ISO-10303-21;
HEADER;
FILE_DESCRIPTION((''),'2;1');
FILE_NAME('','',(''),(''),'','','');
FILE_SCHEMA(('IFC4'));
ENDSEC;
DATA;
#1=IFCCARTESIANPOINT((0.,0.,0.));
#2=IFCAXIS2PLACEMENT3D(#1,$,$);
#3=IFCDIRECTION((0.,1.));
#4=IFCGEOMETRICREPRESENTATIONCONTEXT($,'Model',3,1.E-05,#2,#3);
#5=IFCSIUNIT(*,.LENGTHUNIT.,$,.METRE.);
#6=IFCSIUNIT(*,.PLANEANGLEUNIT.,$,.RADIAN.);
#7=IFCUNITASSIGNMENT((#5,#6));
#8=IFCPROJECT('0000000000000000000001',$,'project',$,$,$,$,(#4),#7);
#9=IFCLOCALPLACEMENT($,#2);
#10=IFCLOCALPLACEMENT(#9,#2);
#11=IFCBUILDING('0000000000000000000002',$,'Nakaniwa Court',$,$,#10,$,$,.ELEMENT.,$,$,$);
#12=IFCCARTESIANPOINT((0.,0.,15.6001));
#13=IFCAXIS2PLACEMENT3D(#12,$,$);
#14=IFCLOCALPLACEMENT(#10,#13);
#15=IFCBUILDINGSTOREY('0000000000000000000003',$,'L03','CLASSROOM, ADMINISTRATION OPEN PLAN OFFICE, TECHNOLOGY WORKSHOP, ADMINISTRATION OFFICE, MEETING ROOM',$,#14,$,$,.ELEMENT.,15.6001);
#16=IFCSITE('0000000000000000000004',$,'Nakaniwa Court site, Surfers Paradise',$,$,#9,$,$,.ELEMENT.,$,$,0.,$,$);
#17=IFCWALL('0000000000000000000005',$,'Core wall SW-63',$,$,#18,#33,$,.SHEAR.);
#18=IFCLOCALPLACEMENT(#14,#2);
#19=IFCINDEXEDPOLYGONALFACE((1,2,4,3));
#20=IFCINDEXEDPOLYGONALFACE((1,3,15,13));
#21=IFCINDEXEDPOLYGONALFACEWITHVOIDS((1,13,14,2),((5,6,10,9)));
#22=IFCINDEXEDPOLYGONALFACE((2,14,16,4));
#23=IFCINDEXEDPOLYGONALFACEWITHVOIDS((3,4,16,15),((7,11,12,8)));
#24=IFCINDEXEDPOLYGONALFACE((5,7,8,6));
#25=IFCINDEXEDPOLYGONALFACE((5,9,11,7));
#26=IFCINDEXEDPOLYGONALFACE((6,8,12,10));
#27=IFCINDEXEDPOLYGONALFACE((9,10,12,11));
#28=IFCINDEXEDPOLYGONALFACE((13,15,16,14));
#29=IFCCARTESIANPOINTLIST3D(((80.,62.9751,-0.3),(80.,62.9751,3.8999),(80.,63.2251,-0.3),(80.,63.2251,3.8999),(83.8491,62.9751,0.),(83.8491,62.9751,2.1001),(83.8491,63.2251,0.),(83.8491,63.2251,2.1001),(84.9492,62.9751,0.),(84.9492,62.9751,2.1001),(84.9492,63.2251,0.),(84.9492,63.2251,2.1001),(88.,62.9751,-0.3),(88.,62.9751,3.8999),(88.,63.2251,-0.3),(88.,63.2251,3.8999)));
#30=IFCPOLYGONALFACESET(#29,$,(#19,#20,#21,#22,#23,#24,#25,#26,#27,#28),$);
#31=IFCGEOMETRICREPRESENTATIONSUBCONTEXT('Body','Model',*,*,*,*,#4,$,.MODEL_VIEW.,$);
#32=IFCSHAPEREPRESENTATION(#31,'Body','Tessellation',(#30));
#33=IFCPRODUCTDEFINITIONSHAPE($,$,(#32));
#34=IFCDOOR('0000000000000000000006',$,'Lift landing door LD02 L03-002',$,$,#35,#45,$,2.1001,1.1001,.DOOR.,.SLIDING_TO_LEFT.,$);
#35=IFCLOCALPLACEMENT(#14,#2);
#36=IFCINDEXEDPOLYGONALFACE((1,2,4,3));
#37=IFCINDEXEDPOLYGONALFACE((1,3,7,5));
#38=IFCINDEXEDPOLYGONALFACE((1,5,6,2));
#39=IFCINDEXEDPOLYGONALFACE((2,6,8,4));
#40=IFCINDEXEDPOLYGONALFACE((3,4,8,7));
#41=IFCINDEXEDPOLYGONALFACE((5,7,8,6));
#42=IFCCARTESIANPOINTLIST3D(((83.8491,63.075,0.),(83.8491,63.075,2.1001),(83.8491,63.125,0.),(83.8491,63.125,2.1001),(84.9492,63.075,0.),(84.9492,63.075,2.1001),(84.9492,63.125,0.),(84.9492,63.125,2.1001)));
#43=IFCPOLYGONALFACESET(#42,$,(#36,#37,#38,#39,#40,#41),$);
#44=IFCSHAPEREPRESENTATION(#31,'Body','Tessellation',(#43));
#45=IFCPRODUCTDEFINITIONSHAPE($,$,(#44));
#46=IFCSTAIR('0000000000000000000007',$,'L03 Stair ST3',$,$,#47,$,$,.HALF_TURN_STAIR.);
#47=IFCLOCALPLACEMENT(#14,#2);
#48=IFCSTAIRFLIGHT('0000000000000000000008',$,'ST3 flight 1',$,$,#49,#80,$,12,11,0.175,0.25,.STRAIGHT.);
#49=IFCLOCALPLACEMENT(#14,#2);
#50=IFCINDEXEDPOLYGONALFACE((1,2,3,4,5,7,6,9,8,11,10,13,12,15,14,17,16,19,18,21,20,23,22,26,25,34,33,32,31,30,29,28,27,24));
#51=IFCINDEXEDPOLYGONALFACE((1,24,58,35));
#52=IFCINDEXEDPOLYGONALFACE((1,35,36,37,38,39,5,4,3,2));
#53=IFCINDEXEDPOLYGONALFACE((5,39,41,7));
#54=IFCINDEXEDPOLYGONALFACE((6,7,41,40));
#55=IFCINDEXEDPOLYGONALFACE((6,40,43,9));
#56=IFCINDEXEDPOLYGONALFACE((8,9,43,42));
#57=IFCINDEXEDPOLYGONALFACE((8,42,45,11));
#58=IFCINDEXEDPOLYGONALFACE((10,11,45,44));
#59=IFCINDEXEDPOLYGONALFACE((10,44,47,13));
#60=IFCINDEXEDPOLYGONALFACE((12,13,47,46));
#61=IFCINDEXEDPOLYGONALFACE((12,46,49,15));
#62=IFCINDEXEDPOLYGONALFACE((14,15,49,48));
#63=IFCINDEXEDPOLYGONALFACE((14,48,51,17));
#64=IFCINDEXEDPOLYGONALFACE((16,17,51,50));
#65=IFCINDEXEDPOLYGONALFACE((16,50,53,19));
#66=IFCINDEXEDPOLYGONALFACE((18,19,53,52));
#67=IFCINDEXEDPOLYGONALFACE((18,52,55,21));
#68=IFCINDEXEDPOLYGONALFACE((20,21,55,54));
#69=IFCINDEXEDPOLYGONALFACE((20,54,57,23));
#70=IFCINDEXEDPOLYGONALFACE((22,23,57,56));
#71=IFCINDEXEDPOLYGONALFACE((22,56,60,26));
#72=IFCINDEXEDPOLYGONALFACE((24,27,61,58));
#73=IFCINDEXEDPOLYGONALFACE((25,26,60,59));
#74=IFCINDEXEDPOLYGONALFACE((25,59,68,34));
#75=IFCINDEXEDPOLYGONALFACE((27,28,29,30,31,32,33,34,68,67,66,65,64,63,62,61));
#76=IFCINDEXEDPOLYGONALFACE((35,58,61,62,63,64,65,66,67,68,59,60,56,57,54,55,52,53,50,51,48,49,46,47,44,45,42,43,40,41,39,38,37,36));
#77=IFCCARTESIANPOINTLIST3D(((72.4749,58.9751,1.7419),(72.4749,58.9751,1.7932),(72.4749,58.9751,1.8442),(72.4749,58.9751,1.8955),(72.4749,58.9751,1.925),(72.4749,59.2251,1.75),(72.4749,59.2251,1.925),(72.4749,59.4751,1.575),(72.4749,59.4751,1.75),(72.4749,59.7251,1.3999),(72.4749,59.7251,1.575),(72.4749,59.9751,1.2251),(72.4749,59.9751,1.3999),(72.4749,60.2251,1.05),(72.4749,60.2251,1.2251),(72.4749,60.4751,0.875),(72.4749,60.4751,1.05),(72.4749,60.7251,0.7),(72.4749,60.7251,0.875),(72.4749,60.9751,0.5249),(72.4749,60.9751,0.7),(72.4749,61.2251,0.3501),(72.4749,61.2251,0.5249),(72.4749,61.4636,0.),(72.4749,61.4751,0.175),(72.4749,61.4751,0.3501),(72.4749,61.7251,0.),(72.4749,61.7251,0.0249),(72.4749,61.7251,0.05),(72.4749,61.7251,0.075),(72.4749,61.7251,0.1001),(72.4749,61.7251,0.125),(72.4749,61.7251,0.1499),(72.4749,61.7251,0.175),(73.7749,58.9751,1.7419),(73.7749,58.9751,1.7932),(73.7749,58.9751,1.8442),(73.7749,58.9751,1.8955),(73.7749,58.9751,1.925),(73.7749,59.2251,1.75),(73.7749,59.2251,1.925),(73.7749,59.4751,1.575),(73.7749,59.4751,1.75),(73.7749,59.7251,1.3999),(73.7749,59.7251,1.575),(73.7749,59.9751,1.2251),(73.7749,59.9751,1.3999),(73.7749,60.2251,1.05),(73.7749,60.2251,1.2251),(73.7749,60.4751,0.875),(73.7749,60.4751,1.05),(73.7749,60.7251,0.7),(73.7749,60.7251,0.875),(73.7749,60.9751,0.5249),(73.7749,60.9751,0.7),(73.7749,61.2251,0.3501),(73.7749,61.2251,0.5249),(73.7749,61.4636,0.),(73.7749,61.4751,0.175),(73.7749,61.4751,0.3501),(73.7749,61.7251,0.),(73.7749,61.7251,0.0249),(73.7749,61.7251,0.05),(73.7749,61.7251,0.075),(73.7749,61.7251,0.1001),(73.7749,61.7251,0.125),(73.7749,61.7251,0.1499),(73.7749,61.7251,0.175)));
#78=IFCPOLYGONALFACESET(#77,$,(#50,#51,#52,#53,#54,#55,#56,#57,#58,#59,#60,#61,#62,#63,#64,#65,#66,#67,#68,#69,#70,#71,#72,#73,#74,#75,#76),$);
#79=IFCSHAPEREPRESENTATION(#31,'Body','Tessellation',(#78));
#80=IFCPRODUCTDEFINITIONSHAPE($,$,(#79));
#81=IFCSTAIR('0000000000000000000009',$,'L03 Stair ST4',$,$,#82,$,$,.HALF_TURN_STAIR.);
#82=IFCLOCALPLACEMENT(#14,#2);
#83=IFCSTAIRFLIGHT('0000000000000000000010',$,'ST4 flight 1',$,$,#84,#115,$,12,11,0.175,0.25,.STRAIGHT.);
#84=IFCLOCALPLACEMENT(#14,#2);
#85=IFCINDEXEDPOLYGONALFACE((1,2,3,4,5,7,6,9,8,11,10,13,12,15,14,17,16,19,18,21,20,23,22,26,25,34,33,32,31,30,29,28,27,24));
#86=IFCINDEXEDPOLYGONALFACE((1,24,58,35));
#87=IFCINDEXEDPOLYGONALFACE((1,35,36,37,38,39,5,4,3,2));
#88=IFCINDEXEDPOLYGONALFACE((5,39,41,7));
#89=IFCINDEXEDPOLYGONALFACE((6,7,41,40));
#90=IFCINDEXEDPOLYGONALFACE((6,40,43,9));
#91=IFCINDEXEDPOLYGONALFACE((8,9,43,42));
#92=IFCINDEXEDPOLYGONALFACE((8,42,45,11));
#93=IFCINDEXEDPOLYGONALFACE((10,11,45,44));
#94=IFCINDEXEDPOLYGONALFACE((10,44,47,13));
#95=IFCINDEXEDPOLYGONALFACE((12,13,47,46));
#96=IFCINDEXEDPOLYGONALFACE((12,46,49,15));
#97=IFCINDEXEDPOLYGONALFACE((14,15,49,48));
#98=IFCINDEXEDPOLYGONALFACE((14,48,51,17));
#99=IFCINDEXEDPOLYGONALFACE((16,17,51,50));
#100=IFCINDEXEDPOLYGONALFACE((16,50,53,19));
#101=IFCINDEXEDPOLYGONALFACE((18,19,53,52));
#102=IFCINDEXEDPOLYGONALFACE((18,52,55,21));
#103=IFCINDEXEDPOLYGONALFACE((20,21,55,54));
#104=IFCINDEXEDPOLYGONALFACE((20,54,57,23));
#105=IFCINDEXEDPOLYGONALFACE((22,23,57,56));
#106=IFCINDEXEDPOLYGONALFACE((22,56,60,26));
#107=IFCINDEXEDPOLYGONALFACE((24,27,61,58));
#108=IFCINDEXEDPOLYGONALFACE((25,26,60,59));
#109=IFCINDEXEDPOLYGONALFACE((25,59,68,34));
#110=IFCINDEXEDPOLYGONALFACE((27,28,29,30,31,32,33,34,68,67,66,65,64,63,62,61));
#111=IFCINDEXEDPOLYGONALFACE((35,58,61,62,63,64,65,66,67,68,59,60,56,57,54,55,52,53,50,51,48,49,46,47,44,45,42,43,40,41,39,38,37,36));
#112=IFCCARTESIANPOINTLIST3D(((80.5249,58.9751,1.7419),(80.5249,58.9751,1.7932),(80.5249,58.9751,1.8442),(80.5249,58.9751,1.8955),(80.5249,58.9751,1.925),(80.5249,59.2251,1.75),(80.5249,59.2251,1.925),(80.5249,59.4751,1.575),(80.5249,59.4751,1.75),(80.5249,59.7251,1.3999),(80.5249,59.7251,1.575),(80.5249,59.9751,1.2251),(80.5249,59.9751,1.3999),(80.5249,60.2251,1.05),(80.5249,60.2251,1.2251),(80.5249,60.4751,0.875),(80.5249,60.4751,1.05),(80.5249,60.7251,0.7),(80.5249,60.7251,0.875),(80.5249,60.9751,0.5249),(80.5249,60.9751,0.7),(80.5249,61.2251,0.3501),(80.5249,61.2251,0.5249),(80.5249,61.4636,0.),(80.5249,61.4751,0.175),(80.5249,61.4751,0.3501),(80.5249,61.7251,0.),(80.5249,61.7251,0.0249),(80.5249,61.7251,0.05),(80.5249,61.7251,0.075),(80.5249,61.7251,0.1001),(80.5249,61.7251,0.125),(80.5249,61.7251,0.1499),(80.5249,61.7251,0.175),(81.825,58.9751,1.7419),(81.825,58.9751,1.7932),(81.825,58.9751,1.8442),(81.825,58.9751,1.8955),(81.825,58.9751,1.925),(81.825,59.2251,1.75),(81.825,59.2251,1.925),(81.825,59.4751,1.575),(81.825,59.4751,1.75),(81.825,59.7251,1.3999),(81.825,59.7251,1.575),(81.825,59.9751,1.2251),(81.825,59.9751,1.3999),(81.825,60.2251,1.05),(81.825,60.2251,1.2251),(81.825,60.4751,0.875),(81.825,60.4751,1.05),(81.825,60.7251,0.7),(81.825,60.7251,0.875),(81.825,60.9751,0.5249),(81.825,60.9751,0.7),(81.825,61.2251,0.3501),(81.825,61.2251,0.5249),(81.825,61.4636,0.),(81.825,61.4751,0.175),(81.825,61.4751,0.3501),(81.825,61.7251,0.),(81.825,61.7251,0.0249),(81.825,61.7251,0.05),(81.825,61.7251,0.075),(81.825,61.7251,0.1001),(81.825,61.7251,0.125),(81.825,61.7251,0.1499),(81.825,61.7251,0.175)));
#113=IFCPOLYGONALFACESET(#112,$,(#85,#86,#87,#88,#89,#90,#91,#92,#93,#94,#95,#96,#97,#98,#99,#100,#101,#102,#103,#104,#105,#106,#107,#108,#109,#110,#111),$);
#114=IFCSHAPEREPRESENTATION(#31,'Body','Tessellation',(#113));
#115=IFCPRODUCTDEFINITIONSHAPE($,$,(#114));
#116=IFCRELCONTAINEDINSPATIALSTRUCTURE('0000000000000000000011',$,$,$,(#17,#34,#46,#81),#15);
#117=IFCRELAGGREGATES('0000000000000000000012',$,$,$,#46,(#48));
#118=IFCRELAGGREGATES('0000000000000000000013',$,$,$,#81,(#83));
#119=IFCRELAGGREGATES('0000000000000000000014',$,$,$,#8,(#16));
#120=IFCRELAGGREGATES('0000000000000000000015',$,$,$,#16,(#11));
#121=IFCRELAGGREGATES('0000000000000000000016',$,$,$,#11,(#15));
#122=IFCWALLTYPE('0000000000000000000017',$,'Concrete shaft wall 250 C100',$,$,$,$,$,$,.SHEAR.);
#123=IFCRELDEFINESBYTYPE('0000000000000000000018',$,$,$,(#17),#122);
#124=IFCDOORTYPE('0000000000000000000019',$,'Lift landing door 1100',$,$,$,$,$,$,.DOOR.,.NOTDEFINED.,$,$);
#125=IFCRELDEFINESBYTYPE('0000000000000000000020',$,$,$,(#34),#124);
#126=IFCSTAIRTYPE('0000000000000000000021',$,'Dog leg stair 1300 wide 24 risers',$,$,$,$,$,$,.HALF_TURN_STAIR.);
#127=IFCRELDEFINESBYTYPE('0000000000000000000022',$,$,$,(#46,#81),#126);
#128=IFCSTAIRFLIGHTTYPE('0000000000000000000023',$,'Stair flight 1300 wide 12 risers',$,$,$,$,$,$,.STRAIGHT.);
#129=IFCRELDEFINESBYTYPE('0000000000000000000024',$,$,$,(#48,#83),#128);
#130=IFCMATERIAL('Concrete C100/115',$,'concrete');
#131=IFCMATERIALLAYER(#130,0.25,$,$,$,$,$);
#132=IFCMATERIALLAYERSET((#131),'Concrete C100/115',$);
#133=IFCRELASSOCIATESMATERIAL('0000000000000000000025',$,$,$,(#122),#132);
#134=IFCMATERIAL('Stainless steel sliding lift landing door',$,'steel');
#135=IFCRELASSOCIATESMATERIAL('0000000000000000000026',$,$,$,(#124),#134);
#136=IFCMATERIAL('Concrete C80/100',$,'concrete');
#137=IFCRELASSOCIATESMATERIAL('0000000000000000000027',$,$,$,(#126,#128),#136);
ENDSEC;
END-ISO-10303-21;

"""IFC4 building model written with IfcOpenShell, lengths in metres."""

from ifc_helpers import new_model, si_unit, direction, frame, frame_2d, origin, place, context, subcontext, project, spatial, polyline, rectangle, outline, extrude, material, layer, layer_set, type_object, element, fill, aggregate, save


model = new_model("IFC4")

# Units and contexts
model_context = context("Model", 3, precision=1e-05, world=origin(), true_north=direction((0.0, 1.0)))
body_context = subcontext(model_context, "Body", "Model", "MODEL_VIEW")
ifc_project = project(units=[si_unit("LENGTHUNIT", "METRE"), si_unit("PLANEANGLEUNIT", "RADIAN")], contexts=[model_context])

# Site, building, storey
site_placement = place(None, origin())
site = spatial("IfcSite", under=ifc_project, at=site_placement, Name="Nakaniwa Court site, Surfers Paradise", CompositionType="ELEMENT", RefElevation=0.0)
building_placement = place(site_placement, origin())
building = spatial("IfcBuilding", under=site, at=building_placement, Name="Nakaniwa Court", CompositionType="ELEMENT")
storey_placement = place(building_placement, frame((0.0, 0.0, 15.6001)))
storey = spatial("IfcBuildingStorey", under=building, at=storey_placement, Name="L03", Description="CLASSROOM, ADMINISTRATION OPEN PLAN OFFICE, TECHNOLOGY WORKSHOP, ADMINISTRATION OFFICE, MEETING ROOM", CompositionType="ELEMENT", Elevation=15.6001)

# Shared definitions
ifc_material_1 = material(Name="Concrete C100/115", Category="concrete")
ifc_layer_1 = layer(ifc_material_1, 0.25)
ifc_layer_set_1 = layer_set([ifc_layer_1], Name="Concrete C100/115")
wall_type_1 = type_object("IfcWallType", Name="Concrete shaft wall 250 C100", PredefinedType="SHEAR", material=ifc_layer_set_1)

# Wall, opening, door
wall_1_placement = place(storey_placement, frame((80.0, 63.1001, -0.3), z_axis=(0.0, 0.0, 1.0), x_axis=(1.0, 0.0, 0.0)))
wall_1 = element("IfcWall", 1, at=wall_1_placement, inside=storey, type_object=wall_type_1, Name="Core wall SW-63", PredefinedType="SHEAR", context=body_context, shape_type="SweptSolid", body=[
    extrude(rectangle(XDim=8.0, YDim=0.25, at=frame_2d((4.0, 0.0))), origin(), (0.0, 0.0, 1.0), 4.2),
])
opening_1_placement = place(wall_1_placement, frame((3.8491, 0.0, 0.3)))
opening_1 = element("IfcOpeningElement", 2, at=opening_1_placement, cuts=wall_1, PredefinedType="OPENING", context=body_context, shape_type="SweptSolid", body=[
    extrude(rectangle(XDim=1.1001, YDim=2.1001, at=frame_2d((0.55, 1.05))), frame((0.0, 0.135, 0.0), z_axis=(0.0, -1.0, 0.0), x_axis=(1.0, 0.0, 0.0)), (0.0, 0.0, 1.0), 0.27),
])
ifc_material_2 = material(Name="Stainless steel sliding lift landing door", Category="steel")
door_type_1 = type_object("IfcDoorType", Name="Lift landing door 1100", OperationType="NOTDEFINED", PredefinedType="DOOR", material=ifc_material_2)
door_1_placement = place(opening_1_placement, origin())
door_1 = element("IfcDoor", 3, at=door_1_placement, inside=storey, type_object=door_type_1, Name="Lift landing door LD02 L03-002", OperationType="SLIDING_TO_LEFT", OverallHeight=2.1001, OverallWidth=1.1001, PredefinedType="DOOR", context=body_context, shape_type="SweptSolid", body=[
    extrude(rectangle(XDim=1.1001, YDim=2.1001, at=frame_2d((0.55, 1.05))), frame((0.0, 0.0249, 0.0), z_axis=(0.0, -1.0, 0.0), x_axis=(1.0, 0.0, 0.0)), (0.0, 0.0, 1.0), 0.05),
])
fill(opening_1, door_1)

# Stairs, stair flights
ifc_material_3 = material(Name="Concrete C80/100", Category="concrete")
stair_type = type_object("IfcStairType", Name="Dog leg stair 1300 wide 24 risers", PredefinedType="HALF_TURN_STAIR", material=ifc_material_3)
stair_1_placement = place(storey_placement, origin())
stair_1 = element("IfcStair", 4, at=stair_1_placement, inside=storey, type_object=stair_type, Name="L03 Stair ST3", PredefinedType="HALF_TURN_STAIR")
stair_flight_type = type_object("IfcStairFlightType", Name="Stair flight 1300 wide 12 risers", PredefinedType="STRAIGHT", material=ifc_material_3)
stair_flight_1_placement = place(storey_placement, frame((73.125, 61.7251, 0.0), z_axis=(0.0, 0.0, 1.0), x_axis=(0.0, -1.0, 0.0)))
stair_flight_1 = element("IfcStairFlight", 5, at=stair_flight_1_placement, type_object=stair_flight_type, Name="ST3 flight 1", NumberOfRisers=12, NumberOfTreads=11, PredefinedType="STRAIGHT", RiserHeight=0.175, TreadLength=0.25, context=body_context, shape_type="SweptSolid", body=[
    extrude(outline(polyline([(0.0, 0.0), (0.0, 0.0249), (0.0, 0.05), (0.0, 0.075), (0.0, 0.1001), (0.0, 0.125), (0.0, 0.1499), (0.0, 0.175), (0.25, 0.175), (0.25, 0.3501), (0.5, 0.3501), (0.5, 0.5249), (0.75, 0.5249), (0.75, 0.7), (1.0, 0.7), (1.0, 0.875), (1.25, 0.875), (1.25, 1.05), (1.5, 1.05), (1.5, 1.2251), (1.75, 1.2251), (1.75, 1.3999), (2.0, 1.3999), (2.0, 1.575), (2.25, 1.575), (2.25, 1.75), (2.5, 1.75), (2.5, 1.925), (2.75, 1.925), (2.75, 2.1001), (2.75, 2.0488), (2.75, 1.9978), (2.75, 1.9465), (2.75, 1.8955), (2.75, 1.8442), (2.75, 1.7932), (2.75, 1.7419), (0.2615, 0.0), (0.0, 0.0)])), frame((0.0, 0.6499, 0.0), z_axis=(0.0, -1.0, 0.0), x_axis=(1.0, 0.0, 0.0)), (0.0, 0.0, 1.0), 1.3),
])
aggregate(stair_1, [stair_flight_1])
stair_2_placement = place(storey_placement, origin())
stair_2 = element("IfcStair", 6, at=stair_2_placement, inside=storey, type_object=stair_type, Name="L03 Stair ST4", PredefinedType="HALF_TURN_STAIR")
stair_flight_2_placement = place(storey_placement, frame((81.175, 61.7251, 0.0), z_axis=(0.0, 0.0, 1.0), x_axis=(0.0, -1.0, 0.0)))
stair_flight_2 = element("IfcStairFlight", 7, at=stair_flight_2_placement, type_object=stair_flight_type, Name="ST4 flight 1", NumberOfRisers=12, NumberOfTreads=11, PredefinedType="STRAIGHT", RiserHeight=0.175, TreadLength=0.25, context=body_context, shape_type="SweptSolid", body=[
    extrude(outline(polyline([(0.0, 0.0), (0.0, 0.0249), (0.0, 0.05), (0.0, 0.075), (0.0, 0.1001), (0.0, 0.125), (0.0, 0.1499), (0.0, 0.175), (0.25, 0.175), (0.25, 0.3501), (0.5, 0.3501), (0.5, 0.5249), (0.75, 0.5249), (0.75, 0.7), (1.0, 0.7), (1.0, 0.875), (1.25, 0.875), (1.25, 1.05), (1.5, 1.05), (1.5, 1.2251), (1.75, 1.2251), (1.75, 1.3999), (2.0, 1.3999), (2.0, 1.575), (2.25, 1.575), (2.25, 1.75), (2.5, 1.75), (2.5, 1.925), (2.75, 1.925), (2.75, 2.1001), (2.75, 2.0488), (2.75, 1.9978), (2.75, 1.9465), (2.75, 1.8955), (2.75, 1.8442), (2.75, 1.7932), (2.75, 1.7419), (0.2615, 0.0), (0.0, 0.0)])), frame((0.0, 0.6499, 0.0), z_axis=(0.0, -1.0, 0.0), x_axis=(1.0, 0.0, 0.0)), (0.0, 0.0, 1.0), 1.3),
])
aggregate(stair_2, [stair_flight_2])

save(model, "model.ifc")
